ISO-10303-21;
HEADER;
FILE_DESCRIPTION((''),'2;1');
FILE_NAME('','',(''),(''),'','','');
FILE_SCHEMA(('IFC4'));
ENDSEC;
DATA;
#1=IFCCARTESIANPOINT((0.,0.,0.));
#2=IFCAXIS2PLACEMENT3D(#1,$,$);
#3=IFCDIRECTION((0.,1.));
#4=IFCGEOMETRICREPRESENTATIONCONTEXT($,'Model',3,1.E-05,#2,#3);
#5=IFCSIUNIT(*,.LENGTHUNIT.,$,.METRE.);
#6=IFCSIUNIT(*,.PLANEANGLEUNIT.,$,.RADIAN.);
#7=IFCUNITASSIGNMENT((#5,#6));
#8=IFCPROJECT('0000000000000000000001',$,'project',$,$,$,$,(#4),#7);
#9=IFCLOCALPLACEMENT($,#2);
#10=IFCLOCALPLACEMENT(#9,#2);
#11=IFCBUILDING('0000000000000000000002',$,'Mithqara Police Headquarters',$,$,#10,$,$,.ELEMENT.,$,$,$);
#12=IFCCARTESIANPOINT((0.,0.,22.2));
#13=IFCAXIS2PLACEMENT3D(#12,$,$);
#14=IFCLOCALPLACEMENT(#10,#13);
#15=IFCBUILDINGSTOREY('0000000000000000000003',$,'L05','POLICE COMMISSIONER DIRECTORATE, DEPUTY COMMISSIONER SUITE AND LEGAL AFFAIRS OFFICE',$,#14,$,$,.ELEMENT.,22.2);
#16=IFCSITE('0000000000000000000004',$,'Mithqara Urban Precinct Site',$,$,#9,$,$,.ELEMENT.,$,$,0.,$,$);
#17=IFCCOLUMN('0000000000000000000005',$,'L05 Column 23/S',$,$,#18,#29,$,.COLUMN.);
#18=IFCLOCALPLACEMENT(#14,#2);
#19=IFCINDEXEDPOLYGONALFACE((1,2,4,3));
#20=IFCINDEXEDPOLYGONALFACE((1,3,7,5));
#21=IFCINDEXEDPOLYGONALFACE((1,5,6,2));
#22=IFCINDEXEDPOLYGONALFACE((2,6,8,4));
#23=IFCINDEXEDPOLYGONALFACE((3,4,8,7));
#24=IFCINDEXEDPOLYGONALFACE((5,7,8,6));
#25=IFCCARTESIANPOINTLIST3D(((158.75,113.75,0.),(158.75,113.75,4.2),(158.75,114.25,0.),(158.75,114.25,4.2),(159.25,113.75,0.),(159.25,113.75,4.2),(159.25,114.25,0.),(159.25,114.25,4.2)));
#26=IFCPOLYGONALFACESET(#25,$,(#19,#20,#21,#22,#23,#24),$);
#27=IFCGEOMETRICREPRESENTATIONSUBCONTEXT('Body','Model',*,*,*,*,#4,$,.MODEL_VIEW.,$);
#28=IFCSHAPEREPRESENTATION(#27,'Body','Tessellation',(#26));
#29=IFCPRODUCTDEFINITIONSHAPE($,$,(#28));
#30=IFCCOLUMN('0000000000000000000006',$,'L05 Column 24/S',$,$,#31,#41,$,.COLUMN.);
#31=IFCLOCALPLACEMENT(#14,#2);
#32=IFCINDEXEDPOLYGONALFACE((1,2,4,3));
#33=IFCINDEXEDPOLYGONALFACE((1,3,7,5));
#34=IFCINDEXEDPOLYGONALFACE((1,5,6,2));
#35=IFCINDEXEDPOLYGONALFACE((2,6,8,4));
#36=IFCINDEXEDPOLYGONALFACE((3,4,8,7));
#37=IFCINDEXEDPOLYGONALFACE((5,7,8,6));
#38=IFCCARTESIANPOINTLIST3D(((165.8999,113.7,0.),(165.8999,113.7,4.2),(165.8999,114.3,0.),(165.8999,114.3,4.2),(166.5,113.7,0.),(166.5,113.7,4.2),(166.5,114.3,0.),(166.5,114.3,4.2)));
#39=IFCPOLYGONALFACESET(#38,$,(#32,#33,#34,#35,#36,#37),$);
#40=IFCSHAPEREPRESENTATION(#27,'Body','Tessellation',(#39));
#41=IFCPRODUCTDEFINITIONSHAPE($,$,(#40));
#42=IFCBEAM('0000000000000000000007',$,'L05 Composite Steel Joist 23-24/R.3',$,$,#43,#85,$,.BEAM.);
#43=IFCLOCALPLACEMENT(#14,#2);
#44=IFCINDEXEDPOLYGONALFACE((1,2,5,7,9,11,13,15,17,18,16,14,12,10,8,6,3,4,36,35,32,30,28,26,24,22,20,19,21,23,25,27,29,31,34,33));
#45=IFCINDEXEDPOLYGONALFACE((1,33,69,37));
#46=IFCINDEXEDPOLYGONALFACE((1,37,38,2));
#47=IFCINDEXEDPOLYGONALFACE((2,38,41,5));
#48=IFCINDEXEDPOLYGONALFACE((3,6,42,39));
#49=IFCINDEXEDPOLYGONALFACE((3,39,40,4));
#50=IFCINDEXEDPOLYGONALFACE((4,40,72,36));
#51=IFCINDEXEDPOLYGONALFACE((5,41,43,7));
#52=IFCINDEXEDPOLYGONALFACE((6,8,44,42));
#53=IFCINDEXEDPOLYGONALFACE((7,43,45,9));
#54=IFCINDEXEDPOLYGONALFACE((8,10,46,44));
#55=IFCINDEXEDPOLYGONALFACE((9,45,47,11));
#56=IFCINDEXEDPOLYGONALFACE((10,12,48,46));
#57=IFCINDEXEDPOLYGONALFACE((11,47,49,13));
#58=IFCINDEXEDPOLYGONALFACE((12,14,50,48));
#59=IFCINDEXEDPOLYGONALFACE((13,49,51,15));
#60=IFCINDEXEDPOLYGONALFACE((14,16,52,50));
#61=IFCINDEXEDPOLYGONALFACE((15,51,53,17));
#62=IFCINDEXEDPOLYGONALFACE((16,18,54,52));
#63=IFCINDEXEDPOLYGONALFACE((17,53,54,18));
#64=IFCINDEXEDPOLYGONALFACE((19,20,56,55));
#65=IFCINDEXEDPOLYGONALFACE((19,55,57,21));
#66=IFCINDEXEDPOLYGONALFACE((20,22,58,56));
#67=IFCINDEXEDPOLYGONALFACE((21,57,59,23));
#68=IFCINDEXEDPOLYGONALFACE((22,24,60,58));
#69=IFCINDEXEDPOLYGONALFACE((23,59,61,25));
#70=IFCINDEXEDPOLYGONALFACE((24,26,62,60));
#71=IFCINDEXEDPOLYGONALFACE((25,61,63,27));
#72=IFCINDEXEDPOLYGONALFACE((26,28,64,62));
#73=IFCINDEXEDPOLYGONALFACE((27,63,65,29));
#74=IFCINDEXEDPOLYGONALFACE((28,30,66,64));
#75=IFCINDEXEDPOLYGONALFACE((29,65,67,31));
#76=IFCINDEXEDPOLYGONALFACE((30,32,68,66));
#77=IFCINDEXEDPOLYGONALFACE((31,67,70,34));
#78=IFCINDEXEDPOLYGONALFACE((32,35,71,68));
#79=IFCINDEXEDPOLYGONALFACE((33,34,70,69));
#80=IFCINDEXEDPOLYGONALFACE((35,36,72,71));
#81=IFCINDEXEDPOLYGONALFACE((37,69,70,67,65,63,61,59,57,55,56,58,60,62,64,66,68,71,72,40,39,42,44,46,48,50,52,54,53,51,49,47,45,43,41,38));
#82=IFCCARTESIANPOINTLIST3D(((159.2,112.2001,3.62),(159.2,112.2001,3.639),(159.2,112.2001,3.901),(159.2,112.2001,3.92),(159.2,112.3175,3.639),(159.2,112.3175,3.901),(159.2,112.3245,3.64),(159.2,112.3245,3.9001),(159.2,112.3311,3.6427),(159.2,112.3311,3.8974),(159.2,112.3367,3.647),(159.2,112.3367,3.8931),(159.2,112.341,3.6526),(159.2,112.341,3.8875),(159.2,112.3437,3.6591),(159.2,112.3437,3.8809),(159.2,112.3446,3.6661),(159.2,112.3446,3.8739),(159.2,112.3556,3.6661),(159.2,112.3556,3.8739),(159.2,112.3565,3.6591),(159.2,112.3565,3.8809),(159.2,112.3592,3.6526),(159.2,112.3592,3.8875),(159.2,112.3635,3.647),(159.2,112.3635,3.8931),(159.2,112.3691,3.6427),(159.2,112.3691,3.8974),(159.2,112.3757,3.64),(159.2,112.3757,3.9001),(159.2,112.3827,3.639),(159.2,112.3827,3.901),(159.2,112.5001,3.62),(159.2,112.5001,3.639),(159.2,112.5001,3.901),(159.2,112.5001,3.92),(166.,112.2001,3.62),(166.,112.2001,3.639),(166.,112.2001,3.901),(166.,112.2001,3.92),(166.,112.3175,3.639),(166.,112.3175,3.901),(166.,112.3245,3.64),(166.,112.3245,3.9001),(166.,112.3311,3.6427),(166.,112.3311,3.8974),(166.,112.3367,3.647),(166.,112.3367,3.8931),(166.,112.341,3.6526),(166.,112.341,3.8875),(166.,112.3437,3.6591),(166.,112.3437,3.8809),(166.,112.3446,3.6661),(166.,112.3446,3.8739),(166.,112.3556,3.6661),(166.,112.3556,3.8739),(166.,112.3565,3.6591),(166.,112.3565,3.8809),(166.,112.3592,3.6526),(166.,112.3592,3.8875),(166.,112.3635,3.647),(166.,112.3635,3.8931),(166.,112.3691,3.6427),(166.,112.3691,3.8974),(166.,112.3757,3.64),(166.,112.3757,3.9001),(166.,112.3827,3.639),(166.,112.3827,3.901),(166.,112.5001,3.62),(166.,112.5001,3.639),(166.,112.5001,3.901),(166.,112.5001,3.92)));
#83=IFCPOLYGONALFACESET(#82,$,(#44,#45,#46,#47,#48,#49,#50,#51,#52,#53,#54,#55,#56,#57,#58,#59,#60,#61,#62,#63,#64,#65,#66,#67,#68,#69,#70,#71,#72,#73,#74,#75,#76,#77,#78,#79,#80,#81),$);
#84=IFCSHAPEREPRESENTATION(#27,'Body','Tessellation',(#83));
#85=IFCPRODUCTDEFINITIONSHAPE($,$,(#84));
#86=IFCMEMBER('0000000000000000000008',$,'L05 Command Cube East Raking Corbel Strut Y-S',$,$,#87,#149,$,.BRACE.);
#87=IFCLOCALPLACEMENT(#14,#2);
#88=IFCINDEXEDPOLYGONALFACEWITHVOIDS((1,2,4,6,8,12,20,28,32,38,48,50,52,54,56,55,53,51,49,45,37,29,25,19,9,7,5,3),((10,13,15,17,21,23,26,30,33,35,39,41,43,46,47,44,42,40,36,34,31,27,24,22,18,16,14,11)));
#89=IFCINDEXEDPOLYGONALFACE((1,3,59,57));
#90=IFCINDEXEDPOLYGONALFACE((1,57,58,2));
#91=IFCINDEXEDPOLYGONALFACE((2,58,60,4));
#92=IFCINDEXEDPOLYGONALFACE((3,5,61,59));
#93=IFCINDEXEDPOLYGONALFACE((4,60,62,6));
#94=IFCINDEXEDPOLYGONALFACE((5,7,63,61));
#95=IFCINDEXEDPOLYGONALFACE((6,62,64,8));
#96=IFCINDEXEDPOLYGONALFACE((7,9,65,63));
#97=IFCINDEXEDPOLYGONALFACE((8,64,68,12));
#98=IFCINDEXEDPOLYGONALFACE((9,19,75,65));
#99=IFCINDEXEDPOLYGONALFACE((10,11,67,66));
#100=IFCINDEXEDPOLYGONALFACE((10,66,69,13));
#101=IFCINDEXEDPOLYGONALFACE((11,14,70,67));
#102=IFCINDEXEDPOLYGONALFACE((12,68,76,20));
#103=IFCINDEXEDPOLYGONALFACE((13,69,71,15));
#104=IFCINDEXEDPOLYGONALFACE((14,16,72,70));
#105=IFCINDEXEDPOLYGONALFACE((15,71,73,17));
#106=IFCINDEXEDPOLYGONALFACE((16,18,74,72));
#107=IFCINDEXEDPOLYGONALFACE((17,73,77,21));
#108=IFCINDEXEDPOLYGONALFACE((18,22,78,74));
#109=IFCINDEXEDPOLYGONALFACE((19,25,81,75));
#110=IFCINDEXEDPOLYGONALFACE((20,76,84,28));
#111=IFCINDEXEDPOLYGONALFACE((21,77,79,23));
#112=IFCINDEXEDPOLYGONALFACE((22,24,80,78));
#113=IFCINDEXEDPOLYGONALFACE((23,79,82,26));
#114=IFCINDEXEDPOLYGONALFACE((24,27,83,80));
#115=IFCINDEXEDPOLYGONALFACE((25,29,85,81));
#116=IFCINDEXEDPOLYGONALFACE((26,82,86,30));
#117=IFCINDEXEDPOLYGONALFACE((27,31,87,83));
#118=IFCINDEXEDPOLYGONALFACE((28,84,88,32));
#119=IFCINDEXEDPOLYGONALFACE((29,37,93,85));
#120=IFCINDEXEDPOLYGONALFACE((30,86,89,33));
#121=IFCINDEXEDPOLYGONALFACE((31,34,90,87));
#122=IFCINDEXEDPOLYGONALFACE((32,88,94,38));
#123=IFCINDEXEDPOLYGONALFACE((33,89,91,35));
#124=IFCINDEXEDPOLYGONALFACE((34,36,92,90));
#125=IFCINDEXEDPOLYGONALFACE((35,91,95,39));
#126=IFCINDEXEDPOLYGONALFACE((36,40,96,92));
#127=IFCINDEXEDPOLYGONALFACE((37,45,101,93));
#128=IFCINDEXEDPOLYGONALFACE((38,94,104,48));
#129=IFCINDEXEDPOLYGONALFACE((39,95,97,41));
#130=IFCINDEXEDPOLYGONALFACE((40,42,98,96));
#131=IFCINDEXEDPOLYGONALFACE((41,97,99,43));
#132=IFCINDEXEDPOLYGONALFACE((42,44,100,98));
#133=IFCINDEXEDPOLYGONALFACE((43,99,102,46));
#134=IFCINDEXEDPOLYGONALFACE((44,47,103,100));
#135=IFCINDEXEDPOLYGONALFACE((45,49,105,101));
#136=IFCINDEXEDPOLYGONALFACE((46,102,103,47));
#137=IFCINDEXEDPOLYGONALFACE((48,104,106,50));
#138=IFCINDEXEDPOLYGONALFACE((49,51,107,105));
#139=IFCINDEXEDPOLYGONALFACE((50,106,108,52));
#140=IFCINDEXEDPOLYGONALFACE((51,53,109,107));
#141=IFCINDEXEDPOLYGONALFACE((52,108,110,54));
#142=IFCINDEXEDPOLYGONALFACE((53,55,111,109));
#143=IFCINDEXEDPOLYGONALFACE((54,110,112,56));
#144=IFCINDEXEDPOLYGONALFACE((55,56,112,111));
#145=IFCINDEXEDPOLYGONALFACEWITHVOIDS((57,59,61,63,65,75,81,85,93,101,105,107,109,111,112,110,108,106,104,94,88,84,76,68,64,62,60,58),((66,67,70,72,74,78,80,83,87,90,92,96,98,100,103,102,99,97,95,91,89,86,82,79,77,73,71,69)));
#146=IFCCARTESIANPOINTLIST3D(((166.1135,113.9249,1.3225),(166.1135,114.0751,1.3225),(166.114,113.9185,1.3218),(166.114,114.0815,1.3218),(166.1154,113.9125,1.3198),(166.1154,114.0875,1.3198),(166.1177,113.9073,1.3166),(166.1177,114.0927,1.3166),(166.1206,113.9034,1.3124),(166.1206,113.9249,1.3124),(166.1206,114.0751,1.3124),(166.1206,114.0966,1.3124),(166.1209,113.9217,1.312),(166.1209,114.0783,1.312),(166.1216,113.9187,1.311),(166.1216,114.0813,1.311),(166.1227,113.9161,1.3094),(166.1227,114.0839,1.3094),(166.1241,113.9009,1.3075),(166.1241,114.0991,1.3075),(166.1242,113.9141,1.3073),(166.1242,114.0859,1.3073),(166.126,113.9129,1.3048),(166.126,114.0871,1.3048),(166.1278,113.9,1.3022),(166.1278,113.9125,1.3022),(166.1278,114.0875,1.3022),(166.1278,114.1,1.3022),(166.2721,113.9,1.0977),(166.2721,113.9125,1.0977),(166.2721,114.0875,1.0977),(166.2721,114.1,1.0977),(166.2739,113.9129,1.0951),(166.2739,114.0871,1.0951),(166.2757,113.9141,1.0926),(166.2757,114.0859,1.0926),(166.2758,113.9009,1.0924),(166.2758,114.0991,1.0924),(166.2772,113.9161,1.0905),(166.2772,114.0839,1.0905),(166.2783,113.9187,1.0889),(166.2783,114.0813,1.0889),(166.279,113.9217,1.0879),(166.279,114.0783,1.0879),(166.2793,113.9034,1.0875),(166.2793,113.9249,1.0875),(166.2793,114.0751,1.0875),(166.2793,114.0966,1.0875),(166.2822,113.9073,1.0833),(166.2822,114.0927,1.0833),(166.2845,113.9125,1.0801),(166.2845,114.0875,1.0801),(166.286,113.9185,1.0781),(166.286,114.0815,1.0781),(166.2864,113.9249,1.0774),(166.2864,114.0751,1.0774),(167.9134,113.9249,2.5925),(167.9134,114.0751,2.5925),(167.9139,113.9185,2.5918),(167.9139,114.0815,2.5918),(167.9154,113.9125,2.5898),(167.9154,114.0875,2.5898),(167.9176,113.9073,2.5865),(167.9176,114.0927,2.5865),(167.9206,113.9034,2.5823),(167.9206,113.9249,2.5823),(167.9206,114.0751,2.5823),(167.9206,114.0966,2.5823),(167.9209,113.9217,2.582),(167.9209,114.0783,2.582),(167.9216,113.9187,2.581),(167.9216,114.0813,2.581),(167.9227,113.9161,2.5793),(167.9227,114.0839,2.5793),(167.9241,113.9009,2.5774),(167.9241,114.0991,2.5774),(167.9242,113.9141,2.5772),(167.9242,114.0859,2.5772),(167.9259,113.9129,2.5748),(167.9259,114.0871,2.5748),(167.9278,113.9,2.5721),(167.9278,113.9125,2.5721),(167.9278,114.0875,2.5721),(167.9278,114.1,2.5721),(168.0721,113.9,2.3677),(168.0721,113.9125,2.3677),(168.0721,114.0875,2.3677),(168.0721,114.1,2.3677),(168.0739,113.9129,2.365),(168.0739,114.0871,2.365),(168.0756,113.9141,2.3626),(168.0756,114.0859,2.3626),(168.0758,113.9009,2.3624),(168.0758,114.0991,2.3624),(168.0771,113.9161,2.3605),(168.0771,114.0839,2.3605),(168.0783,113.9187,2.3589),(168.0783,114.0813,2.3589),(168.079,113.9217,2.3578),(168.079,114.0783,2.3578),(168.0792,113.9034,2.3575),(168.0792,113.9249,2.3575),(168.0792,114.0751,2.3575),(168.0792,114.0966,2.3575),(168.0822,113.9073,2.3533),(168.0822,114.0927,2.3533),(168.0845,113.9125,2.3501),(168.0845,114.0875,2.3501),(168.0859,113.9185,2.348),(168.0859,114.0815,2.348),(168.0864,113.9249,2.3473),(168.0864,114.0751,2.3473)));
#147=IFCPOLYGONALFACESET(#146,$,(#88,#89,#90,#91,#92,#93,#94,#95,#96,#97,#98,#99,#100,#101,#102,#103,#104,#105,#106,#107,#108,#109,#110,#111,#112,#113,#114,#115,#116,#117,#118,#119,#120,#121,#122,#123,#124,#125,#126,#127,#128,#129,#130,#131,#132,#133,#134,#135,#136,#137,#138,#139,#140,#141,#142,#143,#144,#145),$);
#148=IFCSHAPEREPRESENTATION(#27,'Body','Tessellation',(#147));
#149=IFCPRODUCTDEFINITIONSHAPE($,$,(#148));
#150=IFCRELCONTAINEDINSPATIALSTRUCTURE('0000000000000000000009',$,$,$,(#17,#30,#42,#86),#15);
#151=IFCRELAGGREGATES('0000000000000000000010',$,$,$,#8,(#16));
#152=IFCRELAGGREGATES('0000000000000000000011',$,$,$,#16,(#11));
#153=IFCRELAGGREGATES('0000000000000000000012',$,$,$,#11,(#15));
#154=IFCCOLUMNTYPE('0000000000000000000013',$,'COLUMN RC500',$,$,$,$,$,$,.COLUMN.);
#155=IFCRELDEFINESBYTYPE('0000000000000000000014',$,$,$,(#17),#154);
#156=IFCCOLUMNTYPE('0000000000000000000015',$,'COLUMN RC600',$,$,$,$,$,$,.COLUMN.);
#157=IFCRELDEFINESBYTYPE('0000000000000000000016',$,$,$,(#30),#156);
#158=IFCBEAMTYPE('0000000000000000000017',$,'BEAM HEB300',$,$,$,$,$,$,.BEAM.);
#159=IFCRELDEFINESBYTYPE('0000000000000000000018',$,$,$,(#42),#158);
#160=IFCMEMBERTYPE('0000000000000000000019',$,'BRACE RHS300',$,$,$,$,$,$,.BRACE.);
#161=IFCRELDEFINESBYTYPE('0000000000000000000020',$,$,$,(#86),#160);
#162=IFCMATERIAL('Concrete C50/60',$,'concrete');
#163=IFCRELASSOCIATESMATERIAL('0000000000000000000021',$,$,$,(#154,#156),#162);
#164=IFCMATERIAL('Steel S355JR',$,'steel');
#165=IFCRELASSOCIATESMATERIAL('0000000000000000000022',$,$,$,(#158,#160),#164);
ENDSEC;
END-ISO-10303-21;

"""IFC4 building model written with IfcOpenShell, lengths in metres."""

from ifc_helpers import new_model, si_unit, direction, frame, origin, origin_2d, place, context, subcontext, project, spatial, rectangle, hollow_rectangle, i_section, extrude, material, material_profile, profile_set, type_object, element, save


model = new_model("IFC4")

# Units and contexts
model_context = context("Model", 3, precision=1e-05, world=origin(), true_north=direction((0.0, 1.0)))
body_context = subcontext(model_context, "Body", "Model", "MODEL_VIEW")
ifc_project = project(units=[si_unit("LENGTHUNIT", "METRE"), si_unit("PLANEANGLEUNIT", "RADIAN")], contexts=[model_context])

# Site, building, storey
site_placement = place(None, origin())
site = spatial("IfcSite", under=ifc_project, at=site_placement, Name="Mithqara Urban Precinct Site", CompositionType="ELEMENT", RefElevation=0.0)
building_placement = place(site_placement, origin())
building = spatial("IfcBuilding", under=site, at=building_placement, Name="Mithqara Police Headquarters", CompositionType="ELEMENT")
storey_placement = place(building_placement, frame((0.0, 0.0, 22.2)))
storey = spatial("IfcBuildingStorey", under=building, at=storey_placement, Name="L05", Description="POLICE COMMISSIONER DIRECTORATE, DEPUTY COMMISSIONER SUITE AND LEGAL AFFAIRS OFFICE", CompositionType="ELEMENT", Elevation=22.2)

# Columns
ifc_material_1 = material(Name="Concrete C50/60", Category="concrete")
ifc_material_profile_1 = material_profile(ifc_material_1, rectangle(XDim=0.5, YDim=0.5, at=origin_2d()), Name="RC 500x500")
ifc_profile_set_1 = profile_set([ifc_material_profile_1], Name="Concrete C50/60")
column_type_1 = type_object("IfcColumnType", Name="COLUMN RC500", PredefinedType="COLUMN", material=ifc_profile_set_1)
column_1_placement = place(storey_placement, frame((159.0, 114.0, 0.0), z_axis=(0.0, 0.0, 1.0), x_axis=(1.0, 0.0, 0.0)))
element("IfcColumn", 1, at=column_1_placement, inside=storey, type_object=column_type_1, Name="L05 Column 23/S", PredefinedType="COLUMN", context=body_context, shape_type="SweptSolid", body=[
    extrude(rectangle(XDim=0.5, YDim=0.5, at=origin_2d()), origin(), (0.0, 0.0, 1.0), 4.2),
])
ifc_material_profile_2 = material_profile(ifc_material_1, rectangle(XDim=0.6001, YDim=0.6001, at=origin_2d()), Name="RC 600x600")
ifc_profile_set_2 = profile_set([ifc_material_profile_2], Name="Concrete C50/60")
column_type_2 = type_object("IfcColumnType", Name="COLUMN RC600", PredefinedType="COLUMN", material=ifc_profile_set_2)
column_2_placement = place(storey_placement, frame((166.2, 114.0, 0.0), z_axis=(0.0, 0.0, 1.0), x_axis=(1.0, 0.0, 0.0)))
element("IfcColumn", 2, at=column_2_placement, inside=storey, type_object=column_type_2, Name="L05 Column 24/S", PredefinedType="COLUMN", context=body_context, shape_type="SweptSolid", body=[
    extrude(rectangle(XDim=0.6001, YDim=0.6001, at=origin_2d()), origin(), (0.0, 0.0, 1.0), 4.2),
])

# Beam
ifc_material_2 = material(Name="Steel S355JR", Category="steel")
ifc_material_profile_3 = material_profile(ifc_material_2, i_section(OverallWidth=0.3, OverallDepth=0.3, WebThickness=0.011, FlangeThickness=0.019, FilletRadius=0.0271, at=origin_2d()), Name="HEB 300")
ifc_profile_set_3 = profile_set([ifc_material_profile_3], Name="Steel S355JR")
beam_type_1 = type_object("IfcBeamType", Name="BEAM HEB300", PredefinedType="BEAM", material=ifc_profile_set_3)
beam_1_placement = place(storey_placement, frame((159.2, 112.3501, 3.77), z_axis=(1.0, 0.0, 0.0), x_axis=(0.0, 1.0, 0.0)))
element("IfcBeam", 3, at=beam_1_placement, inside=storey, type_object=beam_type_1, Name="L05 Composite Steel Joist 23-24/R.3", PredefinedType="BEAM", context=body_context, shape_type="SweptSolid", body=[
    extrude(i_section(OverallWidth=0.3, OverallDepth=0.3, WebThickness=0.011, FlangeThickness=0.019, FilletRadius=0.0271, at=origin_2d()), origin(), (0.0, 0.0, 1.0), 6.8),
])

# Member
ifc_material_profile_4 = material_profile(ifc_material_2, hollow_rectangle(XDim=0.2, YDim=0.3, WallThickness=0.0125, InnerFilletRadius=0.0125, OuterFilletRadius=0.0249, at=origin_2d()), Name="RHS 300x200x12.5")
ifc_profile_set_4 = profile_set([ifc_material_profile_4], Name="Steel S355JR")
member_type = type_object("IfcMemberType", Name="BRACE RHS300", PredefinedType="BRACE", material=ifc_profile_set_4)
for number, where, z_axis, x_axis, name in (
    (4, (166.2, 114.0, 1.2), (0.817097, 0.0, 0.5765), (0.0, 1.0, 0.0), "L05 Command Cube East Raking Corbel Strut Y-S"),
):
    element("IfcMember", number, at=place(storey_placement, frame(where, z_axis=z_axis, x_axis=x_axis)), inside=storey, type_object=member_type, Name=name, PredefinedType="BRACE", context=body_context, shape_type="SweptSolid", body=[
        extrude(hollow_rectangle(XDim=0.2, YDim=0.3, WallThickness=0.0125, InnerFilletRadius=0.0125, OuterFilletRadius=0.0249, at=origin_2d()), origin(), (0.0, 0.0, 1.0), 2.2029),
    ])

save(model, "model.ifc")
